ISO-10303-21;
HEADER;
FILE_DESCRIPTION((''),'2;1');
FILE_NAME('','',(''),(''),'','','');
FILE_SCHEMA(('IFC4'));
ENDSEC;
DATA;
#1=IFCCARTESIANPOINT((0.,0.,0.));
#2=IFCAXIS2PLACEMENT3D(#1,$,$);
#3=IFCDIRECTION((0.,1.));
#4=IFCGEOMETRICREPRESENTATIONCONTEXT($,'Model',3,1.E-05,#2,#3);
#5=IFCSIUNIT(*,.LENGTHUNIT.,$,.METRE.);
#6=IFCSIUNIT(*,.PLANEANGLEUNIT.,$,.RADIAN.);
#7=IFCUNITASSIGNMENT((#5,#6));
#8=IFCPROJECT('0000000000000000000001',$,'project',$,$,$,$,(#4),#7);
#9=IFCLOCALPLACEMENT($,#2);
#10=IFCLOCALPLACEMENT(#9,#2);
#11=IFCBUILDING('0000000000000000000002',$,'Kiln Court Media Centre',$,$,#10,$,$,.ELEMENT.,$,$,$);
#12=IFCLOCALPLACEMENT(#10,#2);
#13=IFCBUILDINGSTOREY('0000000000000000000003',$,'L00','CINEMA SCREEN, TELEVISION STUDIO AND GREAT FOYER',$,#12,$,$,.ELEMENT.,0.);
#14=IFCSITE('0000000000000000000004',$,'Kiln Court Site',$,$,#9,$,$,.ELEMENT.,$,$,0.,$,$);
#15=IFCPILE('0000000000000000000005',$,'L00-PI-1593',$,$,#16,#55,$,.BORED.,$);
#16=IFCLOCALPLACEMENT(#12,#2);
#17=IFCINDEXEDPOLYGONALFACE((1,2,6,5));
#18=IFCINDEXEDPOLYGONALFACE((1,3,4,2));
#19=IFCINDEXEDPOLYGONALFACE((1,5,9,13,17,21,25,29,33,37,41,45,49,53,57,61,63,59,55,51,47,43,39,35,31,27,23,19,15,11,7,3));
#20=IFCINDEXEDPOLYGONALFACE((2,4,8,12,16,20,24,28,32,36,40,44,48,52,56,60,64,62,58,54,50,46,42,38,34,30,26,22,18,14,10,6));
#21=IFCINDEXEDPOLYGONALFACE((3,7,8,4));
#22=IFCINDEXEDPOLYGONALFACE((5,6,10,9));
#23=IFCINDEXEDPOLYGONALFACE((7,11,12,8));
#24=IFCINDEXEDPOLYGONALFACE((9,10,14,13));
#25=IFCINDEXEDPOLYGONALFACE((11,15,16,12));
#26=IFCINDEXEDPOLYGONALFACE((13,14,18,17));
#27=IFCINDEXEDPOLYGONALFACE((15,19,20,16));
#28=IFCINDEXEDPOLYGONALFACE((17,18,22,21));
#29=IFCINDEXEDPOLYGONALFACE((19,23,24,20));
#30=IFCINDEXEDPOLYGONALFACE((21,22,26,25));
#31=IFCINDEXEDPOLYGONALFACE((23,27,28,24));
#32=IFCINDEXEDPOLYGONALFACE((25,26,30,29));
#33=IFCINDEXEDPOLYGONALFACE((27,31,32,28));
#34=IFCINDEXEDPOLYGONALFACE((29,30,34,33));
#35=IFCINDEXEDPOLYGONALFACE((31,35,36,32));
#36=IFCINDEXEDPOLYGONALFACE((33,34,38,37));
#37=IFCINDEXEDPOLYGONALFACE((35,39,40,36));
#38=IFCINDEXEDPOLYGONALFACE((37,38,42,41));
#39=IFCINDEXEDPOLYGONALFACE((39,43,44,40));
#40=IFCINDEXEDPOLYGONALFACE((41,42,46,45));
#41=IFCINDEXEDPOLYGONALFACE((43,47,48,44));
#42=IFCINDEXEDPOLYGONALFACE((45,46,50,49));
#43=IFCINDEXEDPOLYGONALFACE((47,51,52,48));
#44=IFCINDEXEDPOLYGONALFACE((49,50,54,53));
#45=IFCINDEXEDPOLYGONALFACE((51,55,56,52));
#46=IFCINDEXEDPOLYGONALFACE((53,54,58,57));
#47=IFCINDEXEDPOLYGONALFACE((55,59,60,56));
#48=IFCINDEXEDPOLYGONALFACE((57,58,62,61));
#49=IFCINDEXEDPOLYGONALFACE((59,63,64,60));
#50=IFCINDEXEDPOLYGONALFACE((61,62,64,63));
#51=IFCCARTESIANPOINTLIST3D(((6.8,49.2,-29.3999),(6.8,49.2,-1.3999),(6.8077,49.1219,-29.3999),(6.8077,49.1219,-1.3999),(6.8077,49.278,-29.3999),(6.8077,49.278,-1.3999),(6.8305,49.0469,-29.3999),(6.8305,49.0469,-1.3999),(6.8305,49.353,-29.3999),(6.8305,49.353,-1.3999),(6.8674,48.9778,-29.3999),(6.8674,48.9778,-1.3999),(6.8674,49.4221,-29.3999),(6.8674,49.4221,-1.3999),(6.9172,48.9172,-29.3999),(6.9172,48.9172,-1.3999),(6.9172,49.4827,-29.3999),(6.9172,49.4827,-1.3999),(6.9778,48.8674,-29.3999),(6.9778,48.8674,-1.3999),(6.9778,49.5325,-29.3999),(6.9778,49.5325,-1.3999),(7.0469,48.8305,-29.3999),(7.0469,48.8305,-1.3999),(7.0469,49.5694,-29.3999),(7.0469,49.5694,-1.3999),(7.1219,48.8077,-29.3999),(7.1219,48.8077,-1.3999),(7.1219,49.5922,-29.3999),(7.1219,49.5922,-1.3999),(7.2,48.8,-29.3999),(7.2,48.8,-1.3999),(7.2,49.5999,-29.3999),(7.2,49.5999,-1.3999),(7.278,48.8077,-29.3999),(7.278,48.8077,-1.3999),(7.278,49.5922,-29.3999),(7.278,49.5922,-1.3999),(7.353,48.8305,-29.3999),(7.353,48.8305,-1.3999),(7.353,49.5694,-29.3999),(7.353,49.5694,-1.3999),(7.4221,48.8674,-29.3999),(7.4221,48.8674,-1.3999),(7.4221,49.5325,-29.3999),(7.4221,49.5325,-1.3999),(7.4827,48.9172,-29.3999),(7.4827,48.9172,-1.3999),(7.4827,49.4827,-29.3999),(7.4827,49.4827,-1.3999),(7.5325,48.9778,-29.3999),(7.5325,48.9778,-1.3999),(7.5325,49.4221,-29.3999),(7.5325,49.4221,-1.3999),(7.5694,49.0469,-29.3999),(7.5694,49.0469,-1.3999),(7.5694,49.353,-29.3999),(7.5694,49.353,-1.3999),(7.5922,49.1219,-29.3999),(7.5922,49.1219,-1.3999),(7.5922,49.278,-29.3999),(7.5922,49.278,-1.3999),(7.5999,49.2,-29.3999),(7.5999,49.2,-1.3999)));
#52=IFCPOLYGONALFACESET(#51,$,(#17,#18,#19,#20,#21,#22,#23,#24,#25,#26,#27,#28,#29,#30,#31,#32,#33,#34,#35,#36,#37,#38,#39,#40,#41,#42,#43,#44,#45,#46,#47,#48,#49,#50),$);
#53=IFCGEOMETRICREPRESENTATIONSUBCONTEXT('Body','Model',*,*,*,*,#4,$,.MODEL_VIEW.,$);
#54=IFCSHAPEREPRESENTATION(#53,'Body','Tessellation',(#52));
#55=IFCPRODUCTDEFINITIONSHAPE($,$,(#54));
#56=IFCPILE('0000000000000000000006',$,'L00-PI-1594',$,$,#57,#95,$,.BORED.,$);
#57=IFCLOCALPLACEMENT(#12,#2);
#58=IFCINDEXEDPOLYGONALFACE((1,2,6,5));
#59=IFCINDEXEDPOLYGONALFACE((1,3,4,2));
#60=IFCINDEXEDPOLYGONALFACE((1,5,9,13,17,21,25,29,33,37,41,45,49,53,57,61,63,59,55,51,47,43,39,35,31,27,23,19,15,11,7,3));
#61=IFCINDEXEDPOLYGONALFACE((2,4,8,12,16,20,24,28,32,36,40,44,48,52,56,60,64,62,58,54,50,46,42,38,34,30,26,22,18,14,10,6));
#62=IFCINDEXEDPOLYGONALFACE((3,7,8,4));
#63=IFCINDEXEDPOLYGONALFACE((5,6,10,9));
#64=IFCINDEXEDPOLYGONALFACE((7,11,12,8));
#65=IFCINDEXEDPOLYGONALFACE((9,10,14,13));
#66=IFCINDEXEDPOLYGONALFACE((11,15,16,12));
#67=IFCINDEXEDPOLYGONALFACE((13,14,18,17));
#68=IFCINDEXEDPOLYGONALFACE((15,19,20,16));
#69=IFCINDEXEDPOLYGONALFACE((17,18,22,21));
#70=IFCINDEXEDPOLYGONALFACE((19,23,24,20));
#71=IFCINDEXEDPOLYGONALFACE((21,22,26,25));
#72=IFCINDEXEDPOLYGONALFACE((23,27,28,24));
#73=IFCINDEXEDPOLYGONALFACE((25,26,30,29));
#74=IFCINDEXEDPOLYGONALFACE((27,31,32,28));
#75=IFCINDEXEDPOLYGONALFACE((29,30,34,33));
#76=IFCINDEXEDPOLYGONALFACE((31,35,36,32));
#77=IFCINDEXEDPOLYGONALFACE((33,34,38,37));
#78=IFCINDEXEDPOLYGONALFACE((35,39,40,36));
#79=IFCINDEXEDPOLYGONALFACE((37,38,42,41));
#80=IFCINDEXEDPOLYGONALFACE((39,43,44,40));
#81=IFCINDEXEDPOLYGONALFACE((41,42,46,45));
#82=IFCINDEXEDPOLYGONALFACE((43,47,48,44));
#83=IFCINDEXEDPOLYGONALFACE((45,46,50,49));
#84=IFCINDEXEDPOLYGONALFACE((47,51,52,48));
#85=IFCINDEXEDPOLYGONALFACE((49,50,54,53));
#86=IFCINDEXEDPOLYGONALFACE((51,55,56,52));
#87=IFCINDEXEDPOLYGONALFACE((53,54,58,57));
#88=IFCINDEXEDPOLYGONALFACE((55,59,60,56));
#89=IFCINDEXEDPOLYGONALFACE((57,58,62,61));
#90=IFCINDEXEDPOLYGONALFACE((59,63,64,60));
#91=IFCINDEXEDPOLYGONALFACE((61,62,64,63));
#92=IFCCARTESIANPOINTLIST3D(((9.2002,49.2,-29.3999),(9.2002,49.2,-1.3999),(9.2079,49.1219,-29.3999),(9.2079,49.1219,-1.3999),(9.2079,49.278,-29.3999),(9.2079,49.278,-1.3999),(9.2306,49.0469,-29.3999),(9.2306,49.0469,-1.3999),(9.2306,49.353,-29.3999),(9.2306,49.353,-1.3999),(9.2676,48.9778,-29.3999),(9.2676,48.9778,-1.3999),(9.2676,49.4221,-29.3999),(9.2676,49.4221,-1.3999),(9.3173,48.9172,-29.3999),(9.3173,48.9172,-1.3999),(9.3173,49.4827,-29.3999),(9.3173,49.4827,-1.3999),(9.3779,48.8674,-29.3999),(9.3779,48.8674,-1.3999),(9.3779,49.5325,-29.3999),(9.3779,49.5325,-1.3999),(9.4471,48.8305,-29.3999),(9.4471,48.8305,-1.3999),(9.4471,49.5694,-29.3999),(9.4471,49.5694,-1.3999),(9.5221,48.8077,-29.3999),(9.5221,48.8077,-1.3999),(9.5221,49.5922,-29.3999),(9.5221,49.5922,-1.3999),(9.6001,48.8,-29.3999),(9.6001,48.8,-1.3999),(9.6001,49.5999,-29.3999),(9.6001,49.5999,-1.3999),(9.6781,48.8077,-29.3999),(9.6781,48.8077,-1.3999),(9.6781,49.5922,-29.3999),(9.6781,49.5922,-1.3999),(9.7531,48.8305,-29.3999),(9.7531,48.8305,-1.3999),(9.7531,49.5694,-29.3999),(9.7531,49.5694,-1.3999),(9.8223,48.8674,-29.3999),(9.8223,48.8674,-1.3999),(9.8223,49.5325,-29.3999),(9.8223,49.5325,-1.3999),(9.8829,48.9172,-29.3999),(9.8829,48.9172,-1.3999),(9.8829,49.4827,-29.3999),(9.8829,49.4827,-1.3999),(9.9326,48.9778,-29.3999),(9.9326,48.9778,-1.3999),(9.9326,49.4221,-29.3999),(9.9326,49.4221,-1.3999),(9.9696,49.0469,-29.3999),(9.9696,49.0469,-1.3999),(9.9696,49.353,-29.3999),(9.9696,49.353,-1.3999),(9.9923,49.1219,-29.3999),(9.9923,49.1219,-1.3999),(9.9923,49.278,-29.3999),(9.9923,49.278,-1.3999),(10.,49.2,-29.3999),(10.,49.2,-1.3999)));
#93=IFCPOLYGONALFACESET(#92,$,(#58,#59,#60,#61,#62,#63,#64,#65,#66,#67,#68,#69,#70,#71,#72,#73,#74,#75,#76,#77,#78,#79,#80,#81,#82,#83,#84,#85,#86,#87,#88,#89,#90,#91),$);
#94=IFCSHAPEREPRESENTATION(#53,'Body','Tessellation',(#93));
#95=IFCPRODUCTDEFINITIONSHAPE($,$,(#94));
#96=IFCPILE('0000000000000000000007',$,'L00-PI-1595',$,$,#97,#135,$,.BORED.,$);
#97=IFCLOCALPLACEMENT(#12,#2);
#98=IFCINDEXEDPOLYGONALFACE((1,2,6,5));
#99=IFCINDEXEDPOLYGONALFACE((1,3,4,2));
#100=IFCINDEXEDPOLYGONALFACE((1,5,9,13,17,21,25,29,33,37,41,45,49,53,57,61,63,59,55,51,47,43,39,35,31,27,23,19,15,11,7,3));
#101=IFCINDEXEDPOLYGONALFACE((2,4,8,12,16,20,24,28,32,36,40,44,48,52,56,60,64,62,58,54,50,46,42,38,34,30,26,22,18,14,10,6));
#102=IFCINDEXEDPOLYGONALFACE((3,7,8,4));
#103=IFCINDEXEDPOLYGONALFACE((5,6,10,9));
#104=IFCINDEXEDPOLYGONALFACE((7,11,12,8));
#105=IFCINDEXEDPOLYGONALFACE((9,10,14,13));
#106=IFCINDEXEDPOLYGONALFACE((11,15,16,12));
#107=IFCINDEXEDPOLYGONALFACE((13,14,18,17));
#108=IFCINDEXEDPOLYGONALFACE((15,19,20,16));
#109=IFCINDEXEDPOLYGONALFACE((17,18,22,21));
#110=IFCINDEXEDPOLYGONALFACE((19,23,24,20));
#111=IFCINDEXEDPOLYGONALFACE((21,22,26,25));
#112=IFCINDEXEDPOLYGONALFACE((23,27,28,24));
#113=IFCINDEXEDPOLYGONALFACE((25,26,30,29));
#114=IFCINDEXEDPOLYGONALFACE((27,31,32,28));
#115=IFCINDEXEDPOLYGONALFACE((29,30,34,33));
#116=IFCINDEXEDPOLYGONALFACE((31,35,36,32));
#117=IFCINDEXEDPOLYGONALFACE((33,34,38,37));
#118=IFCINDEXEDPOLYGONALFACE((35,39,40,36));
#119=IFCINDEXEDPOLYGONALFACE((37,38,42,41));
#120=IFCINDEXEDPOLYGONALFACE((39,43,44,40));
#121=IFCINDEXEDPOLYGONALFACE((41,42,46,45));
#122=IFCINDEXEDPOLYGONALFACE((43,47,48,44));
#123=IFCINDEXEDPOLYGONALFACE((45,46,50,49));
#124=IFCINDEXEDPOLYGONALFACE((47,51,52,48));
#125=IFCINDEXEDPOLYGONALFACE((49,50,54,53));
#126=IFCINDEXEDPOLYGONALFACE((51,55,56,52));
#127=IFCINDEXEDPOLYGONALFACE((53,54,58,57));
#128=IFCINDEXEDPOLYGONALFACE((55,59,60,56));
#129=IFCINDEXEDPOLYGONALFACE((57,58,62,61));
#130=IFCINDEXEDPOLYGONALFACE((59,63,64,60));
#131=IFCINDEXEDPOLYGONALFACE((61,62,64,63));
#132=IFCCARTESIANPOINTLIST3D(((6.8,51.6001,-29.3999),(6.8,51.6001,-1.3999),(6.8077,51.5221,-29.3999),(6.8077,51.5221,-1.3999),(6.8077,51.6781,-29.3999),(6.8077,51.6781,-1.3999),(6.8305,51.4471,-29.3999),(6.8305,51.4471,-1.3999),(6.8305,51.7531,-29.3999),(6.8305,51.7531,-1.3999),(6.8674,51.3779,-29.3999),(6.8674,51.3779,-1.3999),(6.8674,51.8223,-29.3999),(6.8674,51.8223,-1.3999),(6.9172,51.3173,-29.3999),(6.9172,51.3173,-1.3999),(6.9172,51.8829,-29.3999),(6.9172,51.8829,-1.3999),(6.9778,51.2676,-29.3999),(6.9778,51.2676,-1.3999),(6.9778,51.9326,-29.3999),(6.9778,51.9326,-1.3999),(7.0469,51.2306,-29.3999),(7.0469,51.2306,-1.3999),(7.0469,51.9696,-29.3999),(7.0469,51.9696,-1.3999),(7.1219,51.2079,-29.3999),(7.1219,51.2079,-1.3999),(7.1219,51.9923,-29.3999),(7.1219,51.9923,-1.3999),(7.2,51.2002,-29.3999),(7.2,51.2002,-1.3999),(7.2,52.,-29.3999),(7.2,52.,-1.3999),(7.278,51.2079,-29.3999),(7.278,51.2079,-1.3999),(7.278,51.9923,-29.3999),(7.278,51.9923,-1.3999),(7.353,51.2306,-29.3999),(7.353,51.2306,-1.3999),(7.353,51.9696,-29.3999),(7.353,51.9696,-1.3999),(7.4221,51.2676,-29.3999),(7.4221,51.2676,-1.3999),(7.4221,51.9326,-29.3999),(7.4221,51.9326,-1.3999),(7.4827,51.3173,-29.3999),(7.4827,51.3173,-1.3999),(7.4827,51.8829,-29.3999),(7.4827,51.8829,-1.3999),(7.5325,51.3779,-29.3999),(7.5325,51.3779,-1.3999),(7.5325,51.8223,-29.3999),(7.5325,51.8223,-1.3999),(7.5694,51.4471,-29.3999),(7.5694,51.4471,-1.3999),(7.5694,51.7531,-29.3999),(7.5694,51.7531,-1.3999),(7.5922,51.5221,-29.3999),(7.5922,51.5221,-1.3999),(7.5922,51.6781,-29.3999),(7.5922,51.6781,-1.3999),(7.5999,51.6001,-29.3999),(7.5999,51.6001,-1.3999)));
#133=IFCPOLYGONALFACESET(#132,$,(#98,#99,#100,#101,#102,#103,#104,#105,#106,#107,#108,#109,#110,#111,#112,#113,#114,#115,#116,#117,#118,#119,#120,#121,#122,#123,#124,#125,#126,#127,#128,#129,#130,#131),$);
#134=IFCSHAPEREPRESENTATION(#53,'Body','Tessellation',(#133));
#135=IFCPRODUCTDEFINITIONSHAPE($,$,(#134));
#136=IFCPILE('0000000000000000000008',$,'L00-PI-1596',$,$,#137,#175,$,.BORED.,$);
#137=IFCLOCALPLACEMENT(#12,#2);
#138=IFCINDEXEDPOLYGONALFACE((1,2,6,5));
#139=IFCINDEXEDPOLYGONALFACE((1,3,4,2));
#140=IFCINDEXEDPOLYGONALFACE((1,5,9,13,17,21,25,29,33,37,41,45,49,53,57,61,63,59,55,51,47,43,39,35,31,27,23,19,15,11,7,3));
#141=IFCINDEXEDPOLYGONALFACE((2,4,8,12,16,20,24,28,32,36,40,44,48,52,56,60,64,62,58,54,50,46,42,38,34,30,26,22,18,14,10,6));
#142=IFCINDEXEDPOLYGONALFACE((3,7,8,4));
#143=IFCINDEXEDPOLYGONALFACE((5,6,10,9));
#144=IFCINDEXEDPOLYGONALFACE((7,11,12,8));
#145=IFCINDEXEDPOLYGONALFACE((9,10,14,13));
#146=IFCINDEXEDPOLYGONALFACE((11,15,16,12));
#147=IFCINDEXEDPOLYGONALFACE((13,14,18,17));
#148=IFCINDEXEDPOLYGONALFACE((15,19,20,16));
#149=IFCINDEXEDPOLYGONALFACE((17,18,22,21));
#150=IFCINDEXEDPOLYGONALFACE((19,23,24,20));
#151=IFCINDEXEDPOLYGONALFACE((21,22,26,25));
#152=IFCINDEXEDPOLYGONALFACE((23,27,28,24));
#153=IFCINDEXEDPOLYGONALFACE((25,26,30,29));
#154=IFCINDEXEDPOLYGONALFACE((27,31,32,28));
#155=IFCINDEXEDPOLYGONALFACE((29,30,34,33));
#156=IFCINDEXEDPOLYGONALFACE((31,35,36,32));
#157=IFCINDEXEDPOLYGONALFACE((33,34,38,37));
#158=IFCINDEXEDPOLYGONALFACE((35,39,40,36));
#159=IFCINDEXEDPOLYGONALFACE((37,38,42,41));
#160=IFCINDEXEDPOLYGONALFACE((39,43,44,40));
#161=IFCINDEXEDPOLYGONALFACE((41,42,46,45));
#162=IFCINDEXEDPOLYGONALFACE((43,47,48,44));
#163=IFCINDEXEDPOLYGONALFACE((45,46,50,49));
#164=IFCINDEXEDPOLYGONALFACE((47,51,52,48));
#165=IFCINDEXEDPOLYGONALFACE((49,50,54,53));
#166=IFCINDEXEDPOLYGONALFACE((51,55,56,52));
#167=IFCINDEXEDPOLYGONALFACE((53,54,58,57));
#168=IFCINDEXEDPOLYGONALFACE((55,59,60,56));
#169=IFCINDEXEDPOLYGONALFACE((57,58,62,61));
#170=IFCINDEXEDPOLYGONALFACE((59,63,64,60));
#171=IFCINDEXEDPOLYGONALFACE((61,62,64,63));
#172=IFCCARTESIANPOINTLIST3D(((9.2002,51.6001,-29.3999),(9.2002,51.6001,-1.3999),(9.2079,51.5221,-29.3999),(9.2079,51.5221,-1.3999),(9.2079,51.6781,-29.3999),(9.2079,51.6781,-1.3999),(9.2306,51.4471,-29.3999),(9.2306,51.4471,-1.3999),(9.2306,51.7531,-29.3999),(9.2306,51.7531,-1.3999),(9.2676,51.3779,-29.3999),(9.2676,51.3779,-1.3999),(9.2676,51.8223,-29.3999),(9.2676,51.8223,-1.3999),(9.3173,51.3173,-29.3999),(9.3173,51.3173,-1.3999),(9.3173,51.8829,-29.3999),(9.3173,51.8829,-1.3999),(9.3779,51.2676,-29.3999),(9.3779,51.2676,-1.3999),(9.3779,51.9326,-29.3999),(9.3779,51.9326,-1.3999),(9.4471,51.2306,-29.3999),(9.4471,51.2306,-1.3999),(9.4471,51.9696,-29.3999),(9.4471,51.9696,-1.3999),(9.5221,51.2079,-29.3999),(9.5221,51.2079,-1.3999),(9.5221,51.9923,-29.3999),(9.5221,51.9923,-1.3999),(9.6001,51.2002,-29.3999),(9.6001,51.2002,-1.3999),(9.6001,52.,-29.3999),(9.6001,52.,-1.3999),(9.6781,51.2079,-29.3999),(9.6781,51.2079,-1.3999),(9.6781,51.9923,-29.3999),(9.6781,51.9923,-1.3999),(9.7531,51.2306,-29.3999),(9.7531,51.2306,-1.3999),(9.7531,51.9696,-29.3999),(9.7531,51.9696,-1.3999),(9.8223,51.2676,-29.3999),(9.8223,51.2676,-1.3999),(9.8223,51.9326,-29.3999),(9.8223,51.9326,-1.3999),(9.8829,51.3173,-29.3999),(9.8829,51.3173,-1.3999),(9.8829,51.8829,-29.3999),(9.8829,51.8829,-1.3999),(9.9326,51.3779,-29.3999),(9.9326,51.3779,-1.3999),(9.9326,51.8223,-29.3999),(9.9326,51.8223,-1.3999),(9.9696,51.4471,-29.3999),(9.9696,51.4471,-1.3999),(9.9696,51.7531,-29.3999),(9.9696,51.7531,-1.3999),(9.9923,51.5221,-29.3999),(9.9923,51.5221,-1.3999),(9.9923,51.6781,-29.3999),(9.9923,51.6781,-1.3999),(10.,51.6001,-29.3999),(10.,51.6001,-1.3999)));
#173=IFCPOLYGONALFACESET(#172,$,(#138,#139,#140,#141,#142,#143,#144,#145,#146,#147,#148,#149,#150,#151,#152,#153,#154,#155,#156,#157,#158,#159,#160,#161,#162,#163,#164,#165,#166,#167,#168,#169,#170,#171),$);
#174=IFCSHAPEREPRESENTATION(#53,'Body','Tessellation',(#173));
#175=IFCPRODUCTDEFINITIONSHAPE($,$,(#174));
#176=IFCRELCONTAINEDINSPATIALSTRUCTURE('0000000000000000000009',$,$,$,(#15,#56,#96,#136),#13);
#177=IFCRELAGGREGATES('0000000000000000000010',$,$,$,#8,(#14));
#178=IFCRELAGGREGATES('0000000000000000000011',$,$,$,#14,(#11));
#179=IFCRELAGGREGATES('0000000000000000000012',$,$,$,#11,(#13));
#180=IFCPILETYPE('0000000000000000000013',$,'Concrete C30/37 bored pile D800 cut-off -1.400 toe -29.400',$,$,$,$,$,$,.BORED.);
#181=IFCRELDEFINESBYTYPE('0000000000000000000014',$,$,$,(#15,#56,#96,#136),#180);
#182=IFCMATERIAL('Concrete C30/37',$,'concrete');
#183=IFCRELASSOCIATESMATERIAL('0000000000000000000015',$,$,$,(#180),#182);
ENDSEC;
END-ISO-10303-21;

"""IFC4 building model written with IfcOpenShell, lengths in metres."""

from ifc_helpers import new_model, si_unit, direction, frame, origin, origin_2d, place, context, subcontext, project, spatial, circle, extrude, material, material_profile, profile_set, type_object, element, save


model = new_model("IFC4")

# Units and contexts
model_context = context("Model", 3, precision=1e-05, world=origin(), true_north=direction((0.0, 1.0)))
body_context = subcontext(model_context, "Body", "Model", "MODEL_VIEW")
ifc_project = project(units=[si_unit("LENGTHUNIT", "METRE"), si_unit("PLANEANGLEUNIT", "RADIAN")], contexts=[model_context])

# Site, building, storey
site_placement = place(None, origin())
site = spatial("IfcSite", under=ifc_project, at=site_placement, Name="Kiln Court Site", CompositionType="ELEMENT", RefElevation=0.0)
building_placement = place(site_placement, origin())
building = spatial("IfcBuilding", under=site, at=building_placement, Name="Kiln Court Media Centre", CompositionType="ELEMENT")
storey_placement = place(building_placement, origin())
storey = spatial("IfcBuildingStorey", under=building, at=storey_placement, Name="L00", Description="CINEMA SCREEN, TELEVISION STUDIO AND GREAT FOYER", CompositionType="ELEMENT", Elevation=0.0)

# Piles
ifc_material_1 = material(Name="Concrete C30/37", Category="concrete")
ifc_material_profile_1 = material_profile(ifc_material_1, circle(Radius=0.3999, at=origin_2d()), Name="PILE D800")
ifc_profile_set_1 = profile_set([ifc_material_profile_1], Name="Concrete C30/37")
pile_type_1 = type_object("IfcPileType", Name="Concrete C30/37 bored pile D800 cut-off -1.400 toe -29.400", PredefinedType="BORED", material=ifc_profile_set_1)
for number, where, z_axis, x_axis, name in (
    (1, (7.2, 49.2, -1.3999), (0.0, 0.0, -1.0), (1.0, 0.0, 0.0), "L00-PI-1593"),
    (2, (9.6001, 49.2, -1.3999), (0.0, 0.0, -1.0), (1.0, 0.0, 0.0), "L00-PI-1594"),
    (3, (7.2, 51.6001, -1.3999), (0.0, 0.0, -1.0), (1.0, 0.0, 0.0), "L00-PI-1595"),
    (4, (9.6001, 51.6001, -1.3999), (0.0, 0.0, -1.0), (1.0, 0.0, 0.0), "L00-PI-1596"),
):
    element("IfcPile", number, at=place(storey_placement, frame(where, z_axis=z_axis, x_axis=x_axis)), inside=storey, type_object=pile_type_1, Name=name, PredefinedType="BORED", context=body_context, shape_type="SweptSolid", body=[
        extrude(circle(Radius=0.3999, at=origin_2d()), origin(), (0.0, 0.0, 1.0), 28.0),
    ])

save(model, "model.ifc")
